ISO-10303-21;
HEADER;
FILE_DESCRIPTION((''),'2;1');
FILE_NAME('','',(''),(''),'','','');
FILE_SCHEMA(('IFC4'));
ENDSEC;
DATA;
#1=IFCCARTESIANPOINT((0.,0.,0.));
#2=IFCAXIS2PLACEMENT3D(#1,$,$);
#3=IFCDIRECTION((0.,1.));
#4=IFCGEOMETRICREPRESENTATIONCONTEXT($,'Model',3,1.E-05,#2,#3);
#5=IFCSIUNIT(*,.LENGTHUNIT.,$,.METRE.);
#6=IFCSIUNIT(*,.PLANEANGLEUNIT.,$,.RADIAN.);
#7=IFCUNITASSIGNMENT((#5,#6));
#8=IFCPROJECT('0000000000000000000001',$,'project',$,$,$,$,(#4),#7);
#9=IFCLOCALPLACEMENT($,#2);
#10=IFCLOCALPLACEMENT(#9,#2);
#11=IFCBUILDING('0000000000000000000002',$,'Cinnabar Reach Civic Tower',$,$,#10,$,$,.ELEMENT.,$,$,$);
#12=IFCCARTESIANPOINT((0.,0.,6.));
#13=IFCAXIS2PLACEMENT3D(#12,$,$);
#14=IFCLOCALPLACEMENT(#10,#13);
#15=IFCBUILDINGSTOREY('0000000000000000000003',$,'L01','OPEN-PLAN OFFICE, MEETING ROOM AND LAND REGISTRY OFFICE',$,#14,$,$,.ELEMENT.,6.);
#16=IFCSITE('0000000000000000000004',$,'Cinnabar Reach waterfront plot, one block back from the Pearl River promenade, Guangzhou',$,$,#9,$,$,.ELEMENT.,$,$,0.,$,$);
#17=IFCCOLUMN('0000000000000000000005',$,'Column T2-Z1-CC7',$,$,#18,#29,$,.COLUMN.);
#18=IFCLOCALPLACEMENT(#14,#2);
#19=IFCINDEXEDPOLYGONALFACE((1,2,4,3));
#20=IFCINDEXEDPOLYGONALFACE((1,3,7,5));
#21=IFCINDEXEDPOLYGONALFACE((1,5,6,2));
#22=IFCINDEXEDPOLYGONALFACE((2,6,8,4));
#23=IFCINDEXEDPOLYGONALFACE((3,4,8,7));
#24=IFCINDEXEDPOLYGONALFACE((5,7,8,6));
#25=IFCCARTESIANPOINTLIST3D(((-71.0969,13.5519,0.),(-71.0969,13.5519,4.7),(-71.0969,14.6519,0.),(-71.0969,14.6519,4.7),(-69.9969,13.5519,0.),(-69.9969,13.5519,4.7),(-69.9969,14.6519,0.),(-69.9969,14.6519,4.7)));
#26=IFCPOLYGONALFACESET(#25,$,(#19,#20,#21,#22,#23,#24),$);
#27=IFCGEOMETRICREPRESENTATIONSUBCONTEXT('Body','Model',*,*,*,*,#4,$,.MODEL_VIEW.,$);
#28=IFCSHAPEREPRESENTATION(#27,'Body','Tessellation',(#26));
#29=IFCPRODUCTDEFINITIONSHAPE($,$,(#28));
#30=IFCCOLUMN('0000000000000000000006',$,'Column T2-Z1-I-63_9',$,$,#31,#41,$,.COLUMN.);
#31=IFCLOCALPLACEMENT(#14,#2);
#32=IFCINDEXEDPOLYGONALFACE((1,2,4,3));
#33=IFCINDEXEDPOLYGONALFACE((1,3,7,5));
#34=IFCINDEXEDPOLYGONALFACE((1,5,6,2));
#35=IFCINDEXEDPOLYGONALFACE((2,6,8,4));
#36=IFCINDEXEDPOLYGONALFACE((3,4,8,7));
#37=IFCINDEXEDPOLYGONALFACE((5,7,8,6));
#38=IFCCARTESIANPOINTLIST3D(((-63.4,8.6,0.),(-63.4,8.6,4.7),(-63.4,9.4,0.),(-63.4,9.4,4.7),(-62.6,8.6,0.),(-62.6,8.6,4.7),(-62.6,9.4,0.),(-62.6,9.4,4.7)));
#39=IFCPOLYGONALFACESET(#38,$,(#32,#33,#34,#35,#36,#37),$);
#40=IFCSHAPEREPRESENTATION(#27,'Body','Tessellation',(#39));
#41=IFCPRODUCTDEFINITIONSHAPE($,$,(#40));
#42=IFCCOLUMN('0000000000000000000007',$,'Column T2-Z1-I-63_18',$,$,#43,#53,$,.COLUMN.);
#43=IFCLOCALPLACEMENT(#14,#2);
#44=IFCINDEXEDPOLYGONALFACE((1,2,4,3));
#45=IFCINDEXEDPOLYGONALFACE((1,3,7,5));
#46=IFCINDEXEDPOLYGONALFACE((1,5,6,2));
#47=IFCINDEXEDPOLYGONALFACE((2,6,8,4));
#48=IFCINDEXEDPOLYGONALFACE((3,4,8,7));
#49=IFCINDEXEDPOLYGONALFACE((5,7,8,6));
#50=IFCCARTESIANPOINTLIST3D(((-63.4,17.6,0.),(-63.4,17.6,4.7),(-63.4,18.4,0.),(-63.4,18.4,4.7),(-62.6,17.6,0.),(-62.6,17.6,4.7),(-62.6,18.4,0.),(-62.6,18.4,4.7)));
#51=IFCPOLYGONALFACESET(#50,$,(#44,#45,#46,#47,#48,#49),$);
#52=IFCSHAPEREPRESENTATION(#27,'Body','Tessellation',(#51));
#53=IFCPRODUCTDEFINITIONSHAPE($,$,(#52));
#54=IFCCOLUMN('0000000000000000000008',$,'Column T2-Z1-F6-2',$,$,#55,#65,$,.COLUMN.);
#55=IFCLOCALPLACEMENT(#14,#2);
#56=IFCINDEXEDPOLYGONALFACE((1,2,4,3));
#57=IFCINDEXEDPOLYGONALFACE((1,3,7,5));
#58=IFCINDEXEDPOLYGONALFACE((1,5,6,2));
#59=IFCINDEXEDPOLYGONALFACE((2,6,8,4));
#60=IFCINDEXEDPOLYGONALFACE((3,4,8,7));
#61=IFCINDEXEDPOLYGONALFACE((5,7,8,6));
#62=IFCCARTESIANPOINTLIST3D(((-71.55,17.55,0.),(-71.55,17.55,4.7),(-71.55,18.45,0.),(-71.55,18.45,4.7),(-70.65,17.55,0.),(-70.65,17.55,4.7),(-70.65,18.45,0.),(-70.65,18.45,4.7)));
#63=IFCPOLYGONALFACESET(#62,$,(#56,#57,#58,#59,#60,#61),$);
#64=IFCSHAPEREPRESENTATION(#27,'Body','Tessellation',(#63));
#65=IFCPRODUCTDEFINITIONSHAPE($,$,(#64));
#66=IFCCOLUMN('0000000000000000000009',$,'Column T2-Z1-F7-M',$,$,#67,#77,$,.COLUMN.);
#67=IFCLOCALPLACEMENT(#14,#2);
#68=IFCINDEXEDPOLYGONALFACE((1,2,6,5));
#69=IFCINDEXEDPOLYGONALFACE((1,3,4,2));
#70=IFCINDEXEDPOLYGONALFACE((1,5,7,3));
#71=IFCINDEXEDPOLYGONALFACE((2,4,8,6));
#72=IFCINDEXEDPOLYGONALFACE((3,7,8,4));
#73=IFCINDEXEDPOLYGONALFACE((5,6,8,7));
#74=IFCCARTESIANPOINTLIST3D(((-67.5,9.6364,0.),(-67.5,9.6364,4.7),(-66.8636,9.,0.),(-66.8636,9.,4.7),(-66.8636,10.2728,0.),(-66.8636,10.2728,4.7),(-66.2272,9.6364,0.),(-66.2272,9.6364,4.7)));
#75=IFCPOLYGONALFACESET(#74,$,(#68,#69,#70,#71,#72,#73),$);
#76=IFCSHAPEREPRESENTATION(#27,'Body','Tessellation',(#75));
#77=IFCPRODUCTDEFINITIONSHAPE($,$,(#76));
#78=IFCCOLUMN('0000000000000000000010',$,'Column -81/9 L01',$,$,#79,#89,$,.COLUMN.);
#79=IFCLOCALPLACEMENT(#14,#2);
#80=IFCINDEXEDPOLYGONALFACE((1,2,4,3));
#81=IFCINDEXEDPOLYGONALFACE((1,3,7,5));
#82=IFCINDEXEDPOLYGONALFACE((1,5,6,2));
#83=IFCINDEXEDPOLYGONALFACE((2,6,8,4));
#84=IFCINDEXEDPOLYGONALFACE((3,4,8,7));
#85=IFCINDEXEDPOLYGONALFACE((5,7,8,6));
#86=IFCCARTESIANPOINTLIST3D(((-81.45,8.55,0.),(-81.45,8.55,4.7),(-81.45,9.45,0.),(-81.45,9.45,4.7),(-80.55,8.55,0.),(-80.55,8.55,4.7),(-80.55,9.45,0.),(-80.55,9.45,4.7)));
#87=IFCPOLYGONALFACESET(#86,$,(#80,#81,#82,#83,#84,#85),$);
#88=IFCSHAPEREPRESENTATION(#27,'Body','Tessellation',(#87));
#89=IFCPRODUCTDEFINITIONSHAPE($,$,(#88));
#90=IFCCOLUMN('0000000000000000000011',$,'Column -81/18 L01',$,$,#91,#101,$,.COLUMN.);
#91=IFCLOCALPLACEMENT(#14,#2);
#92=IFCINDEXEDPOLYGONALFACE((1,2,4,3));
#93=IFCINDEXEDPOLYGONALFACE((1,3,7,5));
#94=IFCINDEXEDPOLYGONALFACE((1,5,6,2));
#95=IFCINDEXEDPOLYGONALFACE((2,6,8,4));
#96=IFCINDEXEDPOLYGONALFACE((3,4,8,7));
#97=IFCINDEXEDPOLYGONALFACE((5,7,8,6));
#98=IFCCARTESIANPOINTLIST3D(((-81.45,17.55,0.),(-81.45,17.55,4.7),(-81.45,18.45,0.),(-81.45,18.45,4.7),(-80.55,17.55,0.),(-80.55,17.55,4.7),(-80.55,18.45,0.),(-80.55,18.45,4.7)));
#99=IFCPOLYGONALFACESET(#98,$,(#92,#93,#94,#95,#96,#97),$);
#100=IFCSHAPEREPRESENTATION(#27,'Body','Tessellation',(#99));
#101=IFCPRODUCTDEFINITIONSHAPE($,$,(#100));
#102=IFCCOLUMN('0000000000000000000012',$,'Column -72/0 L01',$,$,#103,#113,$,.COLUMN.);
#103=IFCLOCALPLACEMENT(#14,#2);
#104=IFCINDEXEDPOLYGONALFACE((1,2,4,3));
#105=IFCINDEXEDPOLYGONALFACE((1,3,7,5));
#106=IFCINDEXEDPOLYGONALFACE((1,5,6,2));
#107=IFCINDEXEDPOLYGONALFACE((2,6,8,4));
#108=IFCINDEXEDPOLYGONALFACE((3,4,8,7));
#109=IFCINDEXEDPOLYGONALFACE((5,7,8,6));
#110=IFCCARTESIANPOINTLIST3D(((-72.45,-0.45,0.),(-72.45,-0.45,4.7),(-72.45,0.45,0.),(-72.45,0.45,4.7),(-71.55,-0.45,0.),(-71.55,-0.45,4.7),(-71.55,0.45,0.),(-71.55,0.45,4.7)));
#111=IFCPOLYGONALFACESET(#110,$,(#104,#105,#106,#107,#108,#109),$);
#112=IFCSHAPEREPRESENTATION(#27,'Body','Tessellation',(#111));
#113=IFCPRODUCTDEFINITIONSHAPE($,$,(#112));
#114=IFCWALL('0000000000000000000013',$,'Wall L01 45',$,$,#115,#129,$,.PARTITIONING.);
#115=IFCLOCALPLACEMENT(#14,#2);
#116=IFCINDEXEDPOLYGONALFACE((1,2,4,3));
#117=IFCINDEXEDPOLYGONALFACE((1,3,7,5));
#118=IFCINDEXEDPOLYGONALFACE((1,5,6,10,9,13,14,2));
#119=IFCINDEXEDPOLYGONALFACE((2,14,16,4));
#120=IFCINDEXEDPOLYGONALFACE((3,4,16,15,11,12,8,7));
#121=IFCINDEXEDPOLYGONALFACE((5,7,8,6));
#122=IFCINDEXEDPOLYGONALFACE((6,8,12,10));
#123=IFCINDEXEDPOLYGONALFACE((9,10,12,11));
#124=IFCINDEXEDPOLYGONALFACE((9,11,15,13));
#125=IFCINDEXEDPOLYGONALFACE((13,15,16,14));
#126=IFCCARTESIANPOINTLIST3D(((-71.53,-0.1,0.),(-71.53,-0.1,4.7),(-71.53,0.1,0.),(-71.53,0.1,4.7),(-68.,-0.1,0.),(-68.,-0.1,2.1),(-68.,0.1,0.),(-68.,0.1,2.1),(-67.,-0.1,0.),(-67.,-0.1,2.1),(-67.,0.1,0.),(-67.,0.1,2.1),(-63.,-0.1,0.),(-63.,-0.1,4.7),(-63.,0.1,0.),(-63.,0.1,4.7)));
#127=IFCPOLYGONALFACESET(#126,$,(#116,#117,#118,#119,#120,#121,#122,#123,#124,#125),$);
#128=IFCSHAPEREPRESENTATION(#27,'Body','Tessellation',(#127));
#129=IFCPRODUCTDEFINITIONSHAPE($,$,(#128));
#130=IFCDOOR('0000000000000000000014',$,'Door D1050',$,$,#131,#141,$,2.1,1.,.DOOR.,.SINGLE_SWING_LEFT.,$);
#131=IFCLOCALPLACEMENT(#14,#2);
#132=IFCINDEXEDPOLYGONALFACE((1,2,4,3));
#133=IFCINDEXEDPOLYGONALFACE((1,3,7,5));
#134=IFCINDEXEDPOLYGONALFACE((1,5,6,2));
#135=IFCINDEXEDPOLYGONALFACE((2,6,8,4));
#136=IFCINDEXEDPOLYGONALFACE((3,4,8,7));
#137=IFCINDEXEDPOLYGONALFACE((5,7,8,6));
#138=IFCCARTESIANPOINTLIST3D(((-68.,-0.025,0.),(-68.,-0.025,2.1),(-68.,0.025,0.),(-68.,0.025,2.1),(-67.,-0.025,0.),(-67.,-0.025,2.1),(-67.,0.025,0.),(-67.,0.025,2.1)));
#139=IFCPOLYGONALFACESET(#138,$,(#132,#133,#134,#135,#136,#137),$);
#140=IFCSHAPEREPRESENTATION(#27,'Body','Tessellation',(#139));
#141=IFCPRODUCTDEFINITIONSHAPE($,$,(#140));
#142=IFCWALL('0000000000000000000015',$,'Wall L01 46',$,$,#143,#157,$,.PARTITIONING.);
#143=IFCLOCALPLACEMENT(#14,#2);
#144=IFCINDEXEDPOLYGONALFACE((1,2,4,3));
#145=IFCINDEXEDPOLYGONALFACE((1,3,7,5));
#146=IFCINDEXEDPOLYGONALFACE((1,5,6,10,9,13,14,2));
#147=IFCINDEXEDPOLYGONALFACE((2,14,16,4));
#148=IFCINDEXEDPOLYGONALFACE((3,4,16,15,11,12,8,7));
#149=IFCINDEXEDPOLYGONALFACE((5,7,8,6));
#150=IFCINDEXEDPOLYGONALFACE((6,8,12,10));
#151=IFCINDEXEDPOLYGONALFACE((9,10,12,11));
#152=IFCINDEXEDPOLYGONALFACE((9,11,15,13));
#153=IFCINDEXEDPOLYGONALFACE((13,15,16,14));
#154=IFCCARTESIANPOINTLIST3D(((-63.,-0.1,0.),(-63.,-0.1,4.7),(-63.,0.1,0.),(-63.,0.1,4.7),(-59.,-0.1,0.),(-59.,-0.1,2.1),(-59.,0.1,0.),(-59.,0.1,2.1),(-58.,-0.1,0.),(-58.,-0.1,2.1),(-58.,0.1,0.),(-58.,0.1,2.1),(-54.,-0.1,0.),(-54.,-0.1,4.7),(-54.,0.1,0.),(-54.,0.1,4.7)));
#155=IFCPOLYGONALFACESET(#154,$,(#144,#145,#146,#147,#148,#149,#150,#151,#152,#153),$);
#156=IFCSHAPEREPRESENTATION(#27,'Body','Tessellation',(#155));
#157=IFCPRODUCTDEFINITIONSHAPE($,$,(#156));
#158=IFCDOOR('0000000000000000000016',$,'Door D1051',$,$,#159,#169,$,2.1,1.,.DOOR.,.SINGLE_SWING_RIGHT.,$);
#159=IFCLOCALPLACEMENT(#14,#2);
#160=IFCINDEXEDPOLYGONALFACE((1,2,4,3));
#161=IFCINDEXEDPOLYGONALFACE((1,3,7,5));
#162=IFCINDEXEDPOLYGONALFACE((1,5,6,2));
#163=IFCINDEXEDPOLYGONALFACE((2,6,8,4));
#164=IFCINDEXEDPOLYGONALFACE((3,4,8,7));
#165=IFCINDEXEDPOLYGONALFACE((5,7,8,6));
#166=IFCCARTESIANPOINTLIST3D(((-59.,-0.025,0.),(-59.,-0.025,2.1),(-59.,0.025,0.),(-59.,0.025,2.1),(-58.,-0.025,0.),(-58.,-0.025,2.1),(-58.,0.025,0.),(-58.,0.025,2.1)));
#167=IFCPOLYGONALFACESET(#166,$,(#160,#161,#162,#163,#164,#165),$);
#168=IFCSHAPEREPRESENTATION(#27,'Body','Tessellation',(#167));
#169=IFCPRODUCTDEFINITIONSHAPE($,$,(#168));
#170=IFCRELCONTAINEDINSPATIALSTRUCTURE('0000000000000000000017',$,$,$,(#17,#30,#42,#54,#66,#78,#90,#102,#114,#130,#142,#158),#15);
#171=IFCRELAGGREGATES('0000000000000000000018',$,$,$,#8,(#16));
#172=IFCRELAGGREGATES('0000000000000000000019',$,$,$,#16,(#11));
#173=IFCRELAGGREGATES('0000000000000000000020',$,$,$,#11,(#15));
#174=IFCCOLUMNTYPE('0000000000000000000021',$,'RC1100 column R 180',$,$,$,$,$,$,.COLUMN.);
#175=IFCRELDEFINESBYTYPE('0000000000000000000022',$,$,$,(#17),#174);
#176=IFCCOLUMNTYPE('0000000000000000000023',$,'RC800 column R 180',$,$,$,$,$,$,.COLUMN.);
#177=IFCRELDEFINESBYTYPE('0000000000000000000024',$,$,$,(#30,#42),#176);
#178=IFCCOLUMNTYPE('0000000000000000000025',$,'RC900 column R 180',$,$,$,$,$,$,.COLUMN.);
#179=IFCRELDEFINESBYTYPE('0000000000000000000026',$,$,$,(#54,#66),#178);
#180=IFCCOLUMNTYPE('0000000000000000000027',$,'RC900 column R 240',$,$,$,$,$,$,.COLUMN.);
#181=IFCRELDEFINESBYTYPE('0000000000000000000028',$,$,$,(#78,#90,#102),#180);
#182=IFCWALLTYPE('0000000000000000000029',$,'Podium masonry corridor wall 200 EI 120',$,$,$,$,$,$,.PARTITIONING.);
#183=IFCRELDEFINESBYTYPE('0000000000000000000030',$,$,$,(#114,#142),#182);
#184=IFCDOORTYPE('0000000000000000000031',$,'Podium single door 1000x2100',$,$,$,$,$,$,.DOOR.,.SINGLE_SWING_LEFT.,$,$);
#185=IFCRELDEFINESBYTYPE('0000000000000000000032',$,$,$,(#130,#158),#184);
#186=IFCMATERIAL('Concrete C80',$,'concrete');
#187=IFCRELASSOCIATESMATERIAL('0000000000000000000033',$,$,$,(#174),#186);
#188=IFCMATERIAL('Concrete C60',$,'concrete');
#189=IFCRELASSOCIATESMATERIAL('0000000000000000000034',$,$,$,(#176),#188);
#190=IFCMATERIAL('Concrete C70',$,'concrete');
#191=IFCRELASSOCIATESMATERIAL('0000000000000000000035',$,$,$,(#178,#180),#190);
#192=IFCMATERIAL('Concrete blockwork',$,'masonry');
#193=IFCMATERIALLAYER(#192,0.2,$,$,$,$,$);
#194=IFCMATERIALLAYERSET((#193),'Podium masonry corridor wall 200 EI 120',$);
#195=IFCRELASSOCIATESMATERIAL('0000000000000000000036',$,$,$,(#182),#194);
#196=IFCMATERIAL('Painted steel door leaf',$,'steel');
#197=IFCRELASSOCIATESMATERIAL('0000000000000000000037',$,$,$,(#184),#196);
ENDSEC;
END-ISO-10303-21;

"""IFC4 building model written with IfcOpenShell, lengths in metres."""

from ifc_helpers import new_model, si_unit, direction, frame, frame_2d, origin, origin_2d, place, context, subcontext, project, spatial, rectangle, extrude, material, layer, layer_set, material_profile, profile_set, type_object, element, fill, save


model = new_model("IFC4")

# Units and contexts
model_context = context("Model", 3, precision=1e-05, world=origin(), true_north=direction((0.0, 1.0)))
body_context = subcontext(model_context, "Body", "Model", "MODEL_VIEW")
ifc_project = project(units=[si_unit("LENGTHUNIT", "METRE"), si_unit("PLANEANGLEUNIT", "RADIAN")], contexts=[model_context])

# Site, building, storey
site_placement = place(None, origin())
site = spatial("IfcSite", under=ifc_project, at=site_placement, Name="Cinnabar Reach waterfront plot, one block back from the Pearl River promenade, Guangzhou", CompositionType="ELEMENT", RefElevation=0.0)
building_placement = place(site_placement, origin())
building = spatial("IfcBuilding", under=site, at=building_placement, Name="Cinnabar Reach Civic Tower", CompositionType="ELEMENT")
storey_placement = place(building_placement, frame((0.0, 0.0, 6.0)))
storey = spatial("IfcBuildingStorey", under=building, at=storey_placement, Name="L01", Description="OPEN-PLAN OFFICE, MEETING ROOM AND LAND REGISTRY OFFICE", CompositionType="ELEMENT", Elevation=6.0)

# Columns
ifc_material_1 = material(Name="Concrete C80", Category="concrete")
ifc_material_profile_1 = material_profile(ifc_material_1, rectangle(XDim=1.1, YDim=1.1, at=origin_2d()), Name="RC1100")
ifc_profile_set_1 = profile_set([ifc_material_profile_1], Name="Concrete C80")
column_type_1 = type_object("IfcColumnType", Name="RC1100 column R 180", PredefinedType="COLUMN", material=ifc_profile_set_1)
column_placement = place(storey_placement, frame((-70.5469, 14.1019, 0.0), z_axis=(0.0, 0.0, 1.0), x_axis=(1.0, 0.0, 0.0)))
element("IfcColumn", 1, at=column_placement, inside=storey, type_object=column_type_1, Name="Column T2-Z1-CC7", PredefinedType="COLUMN", context=body_context, shape_type="SweptSolid", body=[
    extrude(rectangle(XDim=1.1, YDim=1.1, at=origin_2d()), origin(), (0.0, 0.0, 1.0), 4.7),
])
ifc_material_2 = material(Name="Concrete C60", Category="concrete")
ifc_material_profile_2 = material_profile(ifc_material_2, rectangle(XDim=0.8, YDim=0.8, at=origin_2d()), Name="RC800")
ifc_profile_set_2 = profile_set([ifc_material_profile_2], Name="Concrete C60")
column_type_2 = type_object("IfcColumnType", Name="RC800 column R 180", PredefinedType="COLUMN", material=ifc_profile_set_2)
for number, where, z_axis, x_axis, name in (
    (2, (-63.0, 9.0, 0.0), (0.0, 0.0, 1.0), (1.0, 0.0, 0.0), "Column T2-Z1-I-63_9"),
    (3, (-63.0, 18.0, 0.0), (0.0, 0.0, 1.0), (1.0, 0.0, 0.0), "Column T2-Z1-I-63_18"),
):
    element("IfcColumn", number, at=place(storey_placement, frame(where, z_axis=z_axis, x_axis=x_axis)), inside=storey, type_object=column_type_2, Name=name, PredefinedType="COLUMN", context=body_context, shape_type="SweptSolid", body=[
        extrude(rectangle(XDim=0.8, YDim=0.8, at=origin_2d()), origin(), (0.0, 0.0, 1.0), 4.7),
    ])
ifc_material_3 = material(Name="Concrete C70", Category="concrete")
ifc_material_profile_3 = material_profile(ifc_material_3, rectangle(XDim=0.9, YDim=0.9, at=origin_2d()), Name="RC900")
ifc_profile_set_3 = profile_set([ifc_material_profile_3], Name="Concrete C70")
column_type_3 = type_object("IfcColumnType", Name="RC900 column R 180", PredefinedType="COLUMN", material=ifc_profile_set_3)
for number, where, z_axis, x_axis, name in (
    (4, (-71.1, 18.0, 0.0), (0.0, 0.0, 1.0), (1.0, 0.0, 0.0), "Column T2-Z1-F6-2"),
    (5, (-66.8636, 9.6364, 0.0), (0.0, 0.0, 1.0), (0.707107, 0.707107, 0.0), "Column T2-Z1-F7-M"),
):
    element("IfcColumn", number, at=place(storey_placement, frame(where, z_axis=z_axis, x_axis=x_axis)), inside=storey, type_object=column_type_3, Name=name, PredefinedType="COLUMN", context=body_context, shape_type="SweptSolid", body=[
        extrude(rectangle(XDim=0.9, YDim=0.9, at=origin_2d()), origin(), (0.0, 0.0, 1.0), 4.7),
    ])
ifc_material_profile_4 = material_profile(ifc_material_3, rectangle(XDim=0.9, YDim=0.9, at=origin_2d()), Name="RC900")
ifc_profile_set_4 = profile_set([ifc_material_profile_4], Name="Concrete C70")
column_type_4 = type_object("IfcColumnType", Name="RC900 column R 240", PredefinedType="COLUMN", material=ifc_profile_set_4)
for number, where, z_axis, x_axis, name in (
    (6, (-81.0, 9.0, 0.0), (0.0, 0.0, 1.0), (1.0, 0.0, 0.0), "Column -81/9 L01"),
    (7, (-81.0, 18.0, 0.0), (0.0, 0.0, 1.0), (1.0, 0.0, 0.0), "Column -81/18 L01"),
    (8, (-72.0, 0.0, 0.0), (0.0, 0.0, 1.0), (1.0, 0.0, 0.0), "Column -72/0 L01"),
):
    element("IfcColumn", number, at=place(storey_placement, frame(where, z_axis=z_axis, x_axis=x_axis)), inside=storey, type_object=column_type_4, Name=name, PredefinedType="COLUMN", context=body_context, shape_type="SweptSolid", body=[
        extrude(rectangle(XDim=0.9, YDim=0.9, at=origin_2d()), origin(), (0.0, 0.0, 1.0), 4.7),
    ])

# Walls, openings, doors
ifc_material_4 = material(Name="Concrete blockwork", Category="masonry")
ifc_layer_1 = layer(ifc_material_4, 0.2)
ifc_layer_set_1 = layer_set([ifc_layer_1], Name="Podium masonry corridor wall 200 EI 120")
wall_type_1 = type_object("IfcWallType", Name="Podium masonry corridor wall 200 EI 120", PredefinedType="PARTITIONING", material=ifc_layer_set_1)
wall_1_placement = place(storey_placement, frame((-71.53, 0.0, 0.0), z_axis=(0.0, 0.0, 1.0), x_axis=(1.0, 0.0, 0.0)))
wall_1 = element("IfcWall", 9, at=wall_1_placement, inside=storey, type_object=wall_type_1, Name="Wall L01 45", PredefinedType="PARTITIONING", context=body_context, shape_type="SweptSolid", body=[
    extrude(rectangle(XDim=8.53, YDim=0.2, at=frame_2d((4.265, 0.0))), origin(), (0.0, 0.0, 1.0), 4.7),
])
opening_1_placement = place(wall_1_placement, frame((3.53, 0.0, 0.0)))
opening_1 = element("IfcOpeningElement", 10, at=opening_1_placement, cuts=wall_1, PredefinedType="OPENING", context=body_context, shape_type="SweptSolid", body=[
    extrude(rectangle(XDim=1.0, YDim=2.1, at=frame_2d((0.5, 1.05))), frame((0.0, 0.11, 0.0), z_axis=(0.0, -1.0, 0.0), x_axis=(1.0, 0.0, 0.0)), (0.0, 0.0, 1.0), 0.22),
])
ifc_material_5 = material(Name="Painted steel door leaf", Category="steel")
door_type = type_object("IfcDoorType", Name="Podium single door 1000x2100", OperationType="SINGLE_SWING_LEFT", PredefinedType="DOOR", material=ifc_material_5)
door_1_placement = place(opening_1_placement, frame((1.0, 0.0, 0.0), z_axis=(0.0, 0.0, 1.0), x_axis=(-1.0, 0.0, 0.0)))
door_1 = element("IfcDoor", 11, at=door_1_placement, inside=storey, type_object=door_type, Name="Door D1050", OperationType="SINGLE_SWING_LEFT", OverallHeight=2.1, OverallWidth=1.0, PredefinedType="DOOR", context=body_context, shape_type="SweptSolid", body=[
    extrude(rectangle(XDim=1.0, YDim=2.1, at=frame_2d((0.5, 1.05))), frame((0.0, 0.025, 0.0), z_axis=(0.0, -1.0, 0.0), x_axis=(1.0, 0.0, 0.0)), (0.0, 0.0, 1.0), 0.05),
])
fill(opening_1, door_1)
wall_2_placement = place(storey_placement, frame((-63.0, 0.0, 0.0), z_axis=(0.0, 0.0, 1.0), x_axis=(1.0, 0.0, 0.0)))
wall_2 = element("IfcWall", 12, at=wall_2_placement, inside=storey, type_object=wall_type_1, Name="Wall L01 46", PredefinedType="PARTITIONING", context=body_context, shape_type="SweptSolid", body=[
    extrude(rectangle(XDim=9.0, YDim=0.2, at=frame_2d((4.5, 0.0))), origin(), (0.0, 0.0, 1.0), 4.7),
])
opening_2_placement = place(wall_2_placement, frame((4.0, 0.0, 0.0)))
opening_2 = element("IfcOpeningElement", 13, at=opening_2_placement, cuts=wall_2, PredefinedType="OPENING", context=body_context, shape_type="SweptSolid", body=[
    extrude(rectangle(XDim=1.0, YDim=2.1, at=frame_2d((0.5, 1.05))), frame((0.0, 0.11, 0.0), z_axis=(0.0, -1.0, 0.0), x_axis=(1.0, 0.0, 0.0)), (0.0, 0.0, 1.0), 0.22),
])
door_2_placement = place(opening_2_placement, frame((1.0, 0.0, 0.0), z_axis=(0.0, 0.0, 1.0), x_axis=(-1.0, 0.0, 0.0)))
door_2 = element("IfcDoor", 14, at=door_2_placement, inside=storey, type_object=door_type, Name="Door D1051", OperationType="SINGLE_SWING_RIGHT", OverallHeight=2.1, OverallWidth=1.0, PredefinedType="DOOR", context=body_context, shape_type="SweptSolid", body=[
    extrude(rectangle(XDim=1.0, YDim=2.1, at=frame_2d((0.5, 1.05))), frame((0.0, 0.025, 0.0), z_axis=(0.0, -1.0, 0.0), x_axis=(1.0, 0.0, 0.0)), (0.0, 0.0, 1.0), 0.05),
])
fill(opening_2, door_2)

save(model, "model.ifc")
